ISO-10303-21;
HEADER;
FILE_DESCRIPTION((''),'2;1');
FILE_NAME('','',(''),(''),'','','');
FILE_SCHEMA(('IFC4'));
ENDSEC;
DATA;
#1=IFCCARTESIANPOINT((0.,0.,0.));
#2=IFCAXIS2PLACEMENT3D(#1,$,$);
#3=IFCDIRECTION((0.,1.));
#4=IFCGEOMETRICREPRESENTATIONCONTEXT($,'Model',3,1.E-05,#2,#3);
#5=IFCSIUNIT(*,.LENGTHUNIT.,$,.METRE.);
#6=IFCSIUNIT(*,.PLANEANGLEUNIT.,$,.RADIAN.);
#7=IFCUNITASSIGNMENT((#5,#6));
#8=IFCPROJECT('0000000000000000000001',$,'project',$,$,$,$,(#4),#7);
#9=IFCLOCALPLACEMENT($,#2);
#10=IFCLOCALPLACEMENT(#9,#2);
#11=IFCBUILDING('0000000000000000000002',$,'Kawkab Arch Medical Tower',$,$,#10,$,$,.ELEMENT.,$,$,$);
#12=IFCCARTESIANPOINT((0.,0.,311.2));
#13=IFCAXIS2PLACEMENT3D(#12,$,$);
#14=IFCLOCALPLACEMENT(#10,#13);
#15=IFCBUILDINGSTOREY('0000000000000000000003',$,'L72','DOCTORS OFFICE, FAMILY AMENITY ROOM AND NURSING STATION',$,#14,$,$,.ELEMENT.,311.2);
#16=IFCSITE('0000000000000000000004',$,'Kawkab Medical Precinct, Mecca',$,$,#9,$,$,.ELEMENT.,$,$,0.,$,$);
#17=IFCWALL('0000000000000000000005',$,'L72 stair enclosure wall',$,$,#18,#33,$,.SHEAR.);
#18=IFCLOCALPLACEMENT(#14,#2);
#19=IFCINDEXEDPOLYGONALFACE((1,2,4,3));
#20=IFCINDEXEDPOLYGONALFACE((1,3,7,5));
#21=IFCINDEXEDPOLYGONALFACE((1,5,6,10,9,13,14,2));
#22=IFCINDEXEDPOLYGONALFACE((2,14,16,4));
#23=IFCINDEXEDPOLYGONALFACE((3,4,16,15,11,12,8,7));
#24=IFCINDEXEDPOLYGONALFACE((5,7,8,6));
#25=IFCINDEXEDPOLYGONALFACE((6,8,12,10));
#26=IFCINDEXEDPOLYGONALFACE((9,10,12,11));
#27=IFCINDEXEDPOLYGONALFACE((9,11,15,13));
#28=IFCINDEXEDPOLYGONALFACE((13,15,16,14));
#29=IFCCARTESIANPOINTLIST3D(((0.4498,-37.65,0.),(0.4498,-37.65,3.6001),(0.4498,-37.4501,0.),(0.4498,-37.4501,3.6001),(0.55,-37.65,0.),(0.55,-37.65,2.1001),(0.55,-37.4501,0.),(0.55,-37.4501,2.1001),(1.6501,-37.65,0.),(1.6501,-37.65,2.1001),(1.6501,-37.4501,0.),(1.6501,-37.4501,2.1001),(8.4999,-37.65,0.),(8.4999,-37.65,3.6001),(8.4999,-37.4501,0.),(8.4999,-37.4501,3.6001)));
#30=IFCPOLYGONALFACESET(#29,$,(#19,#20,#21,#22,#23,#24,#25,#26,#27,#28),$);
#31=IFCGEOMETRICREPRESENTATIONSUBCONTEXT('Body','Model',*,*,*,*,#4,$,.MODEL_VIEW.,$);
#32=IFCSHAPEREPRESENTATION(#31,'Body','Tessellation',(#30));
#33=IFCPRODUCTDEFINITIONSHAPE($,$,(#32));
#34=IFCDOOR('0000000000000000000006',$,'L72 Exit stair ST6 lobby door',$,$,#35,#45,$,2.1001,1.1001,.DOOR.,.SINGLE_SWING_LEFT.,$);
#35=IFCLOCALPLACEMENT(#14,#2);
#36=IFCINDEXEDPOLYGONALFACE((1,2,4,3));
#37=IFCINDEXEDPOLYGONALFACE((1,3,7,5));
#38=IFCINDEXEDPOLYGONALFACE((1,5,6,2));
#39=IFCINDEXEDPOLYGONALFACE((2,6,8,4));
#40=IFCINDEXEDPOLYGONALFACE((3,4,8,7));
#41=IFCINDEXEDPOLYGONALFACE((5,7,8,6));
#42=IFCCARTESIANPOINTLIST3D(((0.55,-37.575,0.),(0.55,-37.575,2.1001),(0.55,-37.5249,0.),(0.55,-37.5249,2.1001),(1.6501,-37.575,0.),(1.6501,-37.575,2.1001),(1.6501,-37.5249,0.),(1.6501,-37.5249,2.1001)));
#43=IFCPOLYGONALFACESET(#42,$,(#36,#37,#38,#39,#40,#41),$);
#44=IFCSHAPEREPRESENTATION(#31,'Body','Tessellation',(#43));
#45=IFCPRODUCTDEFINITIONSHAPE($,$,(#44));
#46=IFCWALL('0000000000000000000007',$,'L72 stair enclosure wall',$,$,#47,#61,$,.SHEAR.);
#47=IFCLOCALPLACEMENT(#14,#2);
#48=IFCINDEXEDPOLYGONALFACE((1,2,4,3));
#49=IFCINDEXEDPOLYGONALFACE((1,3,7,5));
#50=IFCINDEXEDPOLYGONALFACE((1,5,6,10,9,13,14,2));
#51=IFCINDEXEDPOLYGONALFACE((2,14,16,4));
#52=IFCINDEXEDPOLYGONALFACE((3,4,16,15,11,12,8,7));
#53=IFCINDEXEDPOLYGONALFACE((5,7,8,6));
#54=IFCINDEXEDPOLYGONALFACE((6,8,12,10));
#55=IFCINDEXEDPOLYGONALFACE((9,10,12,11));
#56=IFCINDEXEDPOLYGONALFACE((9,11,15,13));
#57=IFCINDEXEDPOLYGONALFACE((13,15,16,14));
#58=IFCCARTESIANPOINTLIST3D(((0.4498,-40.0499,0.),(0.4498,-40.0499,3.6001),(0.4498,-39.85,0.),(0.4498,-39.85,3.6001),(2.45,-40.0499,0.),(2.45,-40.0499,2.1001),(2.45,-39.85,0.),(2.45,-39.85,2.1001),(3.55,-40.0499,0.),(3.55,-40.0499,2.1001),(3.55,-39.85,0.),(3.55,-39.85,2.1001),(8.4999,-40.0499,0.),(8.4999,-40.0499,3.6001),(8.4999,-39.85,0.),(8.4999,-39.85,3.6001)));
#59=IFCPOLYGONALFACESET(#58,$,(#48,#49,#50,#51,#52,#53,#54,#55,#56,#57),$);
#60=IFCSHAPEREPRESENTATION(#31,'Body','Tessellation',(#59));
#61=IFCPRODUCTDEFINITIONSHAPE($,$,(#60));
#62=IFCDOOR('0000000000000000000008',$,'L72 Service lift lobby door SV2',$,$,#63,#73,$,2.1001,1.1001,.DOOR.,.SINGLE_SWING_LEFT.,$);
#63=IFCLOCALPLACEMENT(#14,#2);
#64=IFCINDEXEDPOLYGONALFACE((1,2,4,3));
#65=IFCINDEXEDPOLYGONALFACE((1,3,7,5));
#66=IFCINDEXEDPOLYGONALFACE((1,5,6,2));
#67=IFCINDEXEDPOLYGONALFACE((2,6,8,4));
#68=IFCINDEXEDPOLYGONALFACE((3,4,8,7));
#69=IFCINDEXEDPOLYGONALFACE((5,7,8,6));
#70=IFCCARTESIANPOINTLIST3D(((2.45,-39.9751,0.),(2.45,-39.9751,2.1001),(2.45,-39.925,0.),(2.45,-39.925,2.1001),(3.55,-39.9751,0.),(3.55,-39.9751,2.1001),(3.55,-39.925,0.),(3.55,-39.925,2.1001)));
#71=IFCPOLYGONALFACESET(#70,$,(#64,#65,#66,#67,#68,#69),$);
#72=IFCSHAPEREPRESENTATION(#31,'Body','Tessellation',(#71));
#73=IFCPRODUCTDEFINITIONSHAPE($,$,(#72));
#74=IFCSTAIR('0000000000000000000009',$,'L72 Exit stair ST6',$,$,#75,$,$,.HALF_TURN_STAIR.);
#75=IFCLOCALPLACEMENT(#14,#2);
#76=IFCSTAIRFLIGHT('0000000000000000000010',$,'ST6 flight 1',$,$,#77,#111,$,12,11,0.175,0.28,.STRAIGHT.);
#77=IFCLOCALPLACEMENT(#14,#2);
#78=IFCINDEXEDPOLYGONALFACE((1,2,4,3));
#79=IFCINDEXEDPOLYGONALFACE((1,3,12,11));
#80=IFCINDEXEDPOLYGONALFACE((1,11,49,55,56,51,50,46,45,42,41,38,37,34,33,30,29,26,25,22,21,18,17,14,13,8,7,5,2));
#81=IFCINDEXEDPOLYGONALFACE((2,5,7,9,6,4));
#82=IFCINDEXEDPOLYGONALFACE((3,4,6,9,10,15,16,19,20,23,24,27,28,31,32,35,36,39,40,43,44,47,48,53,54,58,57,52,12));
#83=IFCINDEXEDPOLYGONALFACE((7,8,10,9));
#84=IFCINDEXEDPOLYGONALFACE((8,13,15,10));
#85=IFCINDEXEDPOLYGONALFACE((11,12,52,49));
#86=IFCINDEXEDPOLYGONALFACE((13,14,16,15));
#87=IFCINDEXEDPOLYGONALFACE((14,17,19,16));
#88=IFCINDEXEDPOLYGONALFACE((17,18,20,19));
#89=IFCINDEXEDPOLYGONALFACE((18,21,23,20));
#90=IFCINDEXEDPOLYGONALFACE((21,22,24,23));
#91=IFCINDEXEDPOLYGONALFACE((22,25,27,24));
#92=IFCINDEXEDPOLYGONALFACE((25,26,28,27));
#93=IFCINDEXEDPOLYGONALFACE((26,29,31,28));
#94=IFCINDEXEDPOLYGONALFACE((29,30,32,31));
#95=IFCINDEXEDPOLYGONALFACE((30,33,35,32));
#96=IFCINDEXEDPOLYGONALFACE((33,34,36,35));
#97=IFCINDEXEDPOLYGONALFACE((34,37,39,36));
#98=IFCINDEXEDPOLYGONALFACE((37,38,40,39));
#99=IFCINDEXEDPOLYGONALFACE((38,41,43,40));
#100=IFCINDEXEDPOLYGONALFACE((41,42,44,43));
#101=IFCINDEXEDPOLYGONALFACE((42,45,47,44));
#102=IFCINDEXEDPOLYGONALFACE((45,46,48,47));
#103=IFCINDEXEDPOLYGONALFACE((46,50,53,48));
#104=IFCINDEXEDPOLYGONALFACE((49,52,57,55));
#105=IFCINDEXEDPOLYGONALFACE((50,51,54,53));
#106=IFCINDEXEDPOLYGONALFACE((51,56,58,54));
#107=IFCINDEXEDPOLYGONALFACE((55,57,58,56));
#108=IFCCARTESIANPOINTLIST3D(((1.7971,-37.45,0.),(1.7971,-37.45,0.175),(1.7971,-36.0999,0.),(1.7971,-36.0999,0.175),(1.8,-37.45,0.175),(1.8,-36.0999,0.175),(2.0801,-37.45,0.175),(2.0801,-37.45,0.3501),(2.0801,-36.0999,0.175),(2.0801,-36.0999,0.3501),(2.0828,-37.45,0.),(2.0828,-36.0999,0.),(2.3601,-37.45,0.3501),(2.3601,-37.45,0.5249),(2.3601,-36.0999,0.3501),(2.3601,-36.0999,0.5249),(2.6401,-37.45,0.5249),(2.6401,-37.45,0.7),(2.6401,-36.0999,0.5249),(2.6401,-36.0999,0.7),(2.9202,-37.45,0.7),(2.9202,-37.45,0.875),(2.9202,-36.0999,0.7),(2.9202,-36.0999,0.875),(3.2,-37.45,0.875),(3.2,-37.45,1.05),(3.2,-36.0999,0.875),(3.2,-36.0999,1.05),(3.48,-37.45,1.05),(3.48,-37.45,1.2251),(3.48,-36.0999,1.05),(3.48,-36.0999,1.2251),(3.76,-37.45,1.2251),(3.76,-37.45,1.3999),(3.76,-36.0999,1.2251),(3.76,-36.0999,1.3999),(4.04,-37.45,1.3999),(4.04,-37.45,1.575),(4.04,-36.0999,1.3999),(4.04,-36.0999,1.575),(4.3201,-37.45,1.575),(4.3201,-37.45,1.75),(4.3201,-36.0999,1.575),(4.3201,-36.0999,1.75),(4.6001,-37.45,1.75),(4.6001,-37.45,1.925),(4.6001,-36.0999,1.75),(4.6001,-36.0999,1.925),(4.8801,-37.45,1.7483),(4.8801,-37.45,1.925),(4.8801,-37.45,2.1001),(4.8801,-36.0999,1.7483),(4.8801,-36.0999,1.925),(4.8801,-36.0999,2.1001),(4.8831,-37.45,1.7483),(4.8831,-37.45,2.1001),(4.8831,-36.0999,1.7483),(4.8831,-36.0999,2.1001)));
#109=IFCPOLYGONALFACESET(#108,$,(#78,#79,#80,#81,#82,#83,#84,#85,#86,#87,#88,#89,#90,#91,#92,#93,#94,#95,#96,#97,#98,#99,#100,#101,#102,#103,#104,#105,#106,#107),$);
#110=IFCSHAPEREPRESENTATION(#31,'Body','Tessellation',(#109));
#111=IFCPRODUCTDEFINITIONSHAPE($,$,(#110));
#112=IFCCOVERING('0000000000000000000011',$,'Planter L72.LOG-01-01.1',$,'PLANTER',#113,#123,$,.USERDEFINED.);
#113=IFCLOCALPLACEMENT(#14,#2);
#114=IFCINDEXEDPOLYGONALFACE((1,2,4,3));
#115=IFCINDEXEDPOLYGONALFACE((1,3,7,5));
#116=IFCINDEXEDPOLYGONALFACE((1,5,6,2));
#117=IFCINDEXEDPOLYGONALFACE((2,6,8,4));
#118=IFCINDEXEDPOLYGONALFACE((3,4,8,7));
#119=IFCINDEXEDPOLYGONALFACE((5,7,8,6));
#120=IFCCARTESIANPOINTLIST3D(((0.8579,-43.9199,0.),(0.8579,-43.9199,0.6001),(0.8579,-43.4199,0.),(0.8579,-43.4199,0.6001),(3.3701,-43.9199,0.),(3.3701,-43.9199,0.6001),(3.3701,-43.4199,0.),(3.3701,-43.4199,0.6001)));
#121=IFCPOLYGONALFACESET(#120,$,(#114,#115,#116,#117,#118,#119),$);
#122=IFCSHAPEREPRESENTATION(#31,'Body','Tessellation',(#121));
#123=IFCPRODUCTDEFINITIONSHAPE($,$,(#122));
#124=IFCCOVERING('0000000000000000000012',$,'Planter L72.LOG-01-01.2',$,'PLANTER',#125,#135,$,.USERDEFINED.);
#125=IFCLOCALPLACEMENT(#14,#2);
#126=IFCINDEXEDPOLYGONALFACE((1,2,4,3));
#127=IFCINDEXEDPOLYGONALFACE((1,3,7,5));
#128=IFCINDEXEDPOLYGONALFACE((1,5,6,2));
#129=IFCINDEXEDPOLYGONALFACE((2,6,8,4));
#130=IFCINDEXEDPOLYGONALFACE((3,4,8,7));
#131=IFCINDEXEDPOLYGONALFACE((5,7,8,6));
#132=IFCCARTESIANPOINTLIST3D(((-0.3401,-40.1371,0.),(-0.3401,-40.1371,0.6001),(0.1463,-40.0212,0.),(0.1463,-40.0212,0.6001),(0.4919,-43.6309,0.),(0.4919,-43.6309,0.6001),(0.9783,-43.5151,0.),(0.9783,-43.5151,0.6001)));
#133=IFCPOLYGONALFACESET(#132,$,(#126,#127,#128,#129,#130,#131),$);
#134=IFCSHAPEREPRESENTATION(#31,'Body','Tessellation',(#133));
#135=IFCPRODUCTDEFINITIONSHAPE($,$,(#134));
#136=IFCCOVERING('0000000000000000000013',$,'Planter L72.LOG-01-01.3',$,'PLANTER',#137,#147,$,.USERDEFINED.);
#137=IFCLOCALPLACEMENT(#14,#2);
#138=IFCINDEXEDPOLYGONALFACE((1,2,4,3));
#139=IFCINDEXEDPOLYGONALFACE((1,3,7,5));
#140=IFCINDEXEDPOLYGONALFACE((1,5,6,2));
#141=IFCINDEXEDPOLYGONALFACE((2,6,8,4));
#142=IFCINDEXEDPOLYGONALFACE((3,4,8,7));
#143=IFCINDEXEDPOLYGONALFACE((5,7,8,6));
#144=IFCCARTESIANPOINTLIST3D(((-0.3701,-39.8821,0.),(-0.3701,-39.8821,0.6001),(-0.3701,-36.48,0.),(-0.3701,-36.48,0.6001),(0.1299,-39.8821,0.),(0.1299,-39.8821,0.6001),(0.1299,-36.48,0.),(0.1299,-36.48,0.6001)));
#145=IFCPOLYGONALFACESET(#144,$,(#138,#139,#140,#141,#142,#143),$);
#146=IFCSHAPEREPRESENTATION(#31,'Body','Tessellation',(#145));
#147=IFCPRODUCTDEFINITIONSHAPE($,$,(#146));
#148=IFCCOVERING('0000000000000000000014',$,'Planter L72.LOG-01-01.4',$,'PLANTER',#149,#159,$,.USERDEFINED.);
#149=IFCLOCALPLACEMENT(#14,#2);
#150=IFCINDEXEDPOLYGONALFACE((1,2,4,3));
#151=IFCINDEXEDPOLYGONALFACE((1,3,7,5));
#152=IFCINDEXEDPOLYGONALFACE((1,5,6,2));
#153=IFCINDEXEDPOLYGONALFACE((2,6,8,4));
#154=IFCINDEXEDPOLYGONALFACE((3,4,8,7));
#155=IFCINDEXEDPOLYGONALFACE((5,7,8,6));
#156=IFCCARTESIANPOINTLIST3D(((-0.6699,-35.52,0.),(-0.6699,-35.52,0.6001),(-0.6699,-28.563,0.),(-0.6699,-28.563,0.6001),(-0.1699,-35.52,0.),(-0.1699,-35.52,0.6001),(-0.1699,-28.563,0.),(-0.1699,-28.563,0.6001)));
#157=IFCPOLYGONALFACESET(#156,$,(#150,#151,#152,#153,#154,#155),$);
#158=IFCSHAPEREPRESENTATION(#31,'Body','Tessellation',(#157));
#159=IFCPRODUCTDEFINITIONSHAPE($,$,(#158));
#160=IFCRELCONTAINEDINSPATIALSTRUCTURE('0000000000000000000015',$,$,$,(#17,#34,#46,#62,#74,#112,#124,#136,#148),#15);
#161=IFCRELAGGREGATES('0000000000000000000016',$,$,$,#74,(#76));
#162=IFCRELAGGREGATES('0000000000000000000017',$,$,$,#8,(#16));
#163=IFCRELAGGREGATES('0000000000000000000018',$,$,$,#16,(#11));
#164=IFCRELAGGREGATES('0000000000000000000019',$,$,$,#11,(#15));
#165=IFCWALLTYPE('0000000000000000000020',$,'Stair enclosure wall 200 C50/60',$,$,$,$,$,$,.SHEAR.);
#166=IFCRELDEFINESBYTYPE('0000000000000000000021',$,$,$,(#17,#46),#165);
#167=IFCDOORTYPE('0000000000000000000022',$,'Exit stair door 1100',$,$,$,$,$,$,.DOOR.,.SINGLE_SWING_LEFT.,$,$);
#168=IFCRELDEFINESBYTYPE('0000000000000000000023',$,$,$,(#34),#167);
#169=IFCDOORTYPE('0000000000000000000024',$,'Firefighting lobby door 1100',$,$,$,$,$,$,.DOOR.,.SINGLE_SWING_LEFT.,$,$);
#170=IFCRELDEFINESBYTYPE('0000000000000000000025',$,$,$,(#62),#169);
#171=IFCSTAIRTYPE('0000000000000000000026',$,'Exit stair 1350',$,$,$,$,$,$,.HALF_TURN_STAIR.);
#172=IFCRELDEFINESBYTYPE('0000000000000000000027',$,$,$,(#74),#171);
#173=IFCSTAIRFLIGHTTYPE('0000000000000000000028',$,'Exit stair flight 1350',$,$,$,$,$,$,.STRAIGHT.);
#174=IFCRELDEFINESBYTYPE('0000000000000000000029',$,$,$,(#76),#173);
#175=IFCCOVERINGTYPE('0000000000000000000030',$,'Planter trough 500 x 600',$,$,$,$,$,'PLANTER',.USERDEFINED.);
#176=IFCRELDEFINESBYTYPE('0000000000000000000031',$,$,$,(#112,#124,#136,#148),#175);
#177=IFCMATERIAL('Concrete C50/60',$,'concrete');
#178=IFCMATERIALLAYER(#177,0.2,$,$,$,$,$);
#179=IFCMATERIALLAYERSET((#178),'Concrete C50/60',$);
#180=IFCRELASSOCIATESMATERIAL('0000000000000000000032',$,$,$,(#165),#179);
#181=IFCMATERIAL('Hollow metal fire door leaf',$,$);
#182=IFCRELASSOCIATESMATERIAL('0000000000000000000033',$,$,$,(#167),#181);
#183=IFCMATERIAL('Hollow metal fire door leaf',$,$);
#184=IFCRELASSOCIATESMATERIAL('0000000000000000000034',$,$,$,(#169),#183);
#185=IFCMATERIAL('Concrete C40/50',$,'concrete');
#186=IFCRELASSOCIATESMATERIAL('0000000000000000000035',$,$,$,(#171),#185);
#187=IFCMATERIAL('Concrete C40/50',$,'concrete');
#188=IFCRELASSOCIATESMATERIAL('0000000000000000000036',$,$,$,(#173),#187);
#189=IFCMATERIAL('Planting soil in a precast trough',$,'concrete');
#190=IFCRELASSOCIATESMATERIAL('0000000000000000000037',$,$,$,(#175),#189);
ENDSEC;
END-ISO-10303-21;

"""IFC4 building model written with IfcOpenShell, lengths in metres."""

from ifc_helpers import new_model, si_unit, direction, frame, frame_2d, origin, origin_2d, place, context, subcontext, project, spatial, polyline, rectangle, outline, extrude, material, layer, layer_set, material_profile, profile_set, type_object, element, fill, aggregate, save


model = new_model("IFC4")

# Units and contexts
model_context = context("Model", 3, precision=1e-05, world=origin(), true_north=direction((0.0, 1.0)))
body_context = subcontext(model_context, "Body", "Model", "MODEL_VIEW")
ifc_project = project(units=[si_unit("LENGTHUNIT", "METRE"), si_unit("PLANEANGLEUNIT", "RADIAN")], contexts=[model_context])

# Site, building, storey
site_placement = place(None, origin())
site = spatial("IfcSite", under=ifc_project, at=site_placement, Name="Kawkab Medical Precinct, Mecca", CompositionType="ELEMENT", RefElevation=0.0)
building_placement = place(site_placement, origin())
building = spatial("IfcBuilding", under=site, at=building_placement, Name="Kawkab Arch Medical Tower", CompositionType="ELEMENT")
storey_placement = place(building_placement, frame((0.0, 0.0, 311.2)))
storey = spatial("IfcBuildingStorey", under=building, at=storey_placement, Name="L72", Description="DOCTORS OFFICE, FAMILY AMENITY ROOM AND NURSING STATION", CompositionType="ELEMENT", Elevation=311.2)

# Shared definitions
placement = place(storey_placement, origin())

# Walls, openings, doors
ifc_material_1 = material(Name="Concrete C50/60", Category="concrete")
ifc_layer_1 = layer(ifc_material_1, 0.2)
ifc_layer_set_1 = layer_set([ifc_layer_1], Name="Concrete C50/60")
wall_type_1 = type_object("IfcWallType", Name="Stair enclosure wall 200 C50/60", PredefinedType="SHEAR", material=ifc_layer_set_1)
ifc_material_2 = material(Name="Hollow metal fire door leaf")
door_type_1 = type_object("IfcDoorType", Name="Exit stair door 1100", OperationType="SINGLE_SWING_LEFT", PredefinedType="DOOR", material=ifc_material_2)
wall_1_placement = place(storey_placement, frame((0.45, -37.55, 0.0), z_axis=(0.0, 0.0, 1.0), x_axis=(1.0, 0.0, 0.0)))
wall_1 = element("IfcWall", 1, at=wall_1_placement, inside=storey, type_object=wall_type_1, Name="L72 stair enclosure wall", PredefinedType="SHEAR", context=body_context, shape_type="SweptSolid", body=[
    extrude(rectangle(XDim=8.05, YDim=0.2, at=frame_2d((4.0249, 0.0))), origin(), (0.0, 0.0, 1.0), 3.6001),
])
opening_1_placement = place(wall_1_placement, frame((0.1001, 0.0, 0.0)))
opening_1 = element("IfcOpeningElement", 2, at=opening_1_placement, cuts=wall_1, PredefinedType="OPENING", context=body_context, shape_type="SweptSolid", body=[
    extrude(rectangle(XDim=1.1001, YDim=2.1001, at=frame_2d((0.55, 1.05))), frame((0.0, 0.1099, 0.0), z_axis=(0.0, -1.0, 0.0), x_axis=(1.0, 0.0, 0.0)), (0.0, 0.0, 1.0), 0.22),
])
door_1_placement = place(opening_1_placement, frame((1.1001, 0.0, 0.0), z_axis=(0.0, 0.0, 1.0), x_axis=(-1.0, 0.0, 0.0)))
door_1 = element("IfcDoor", 3, at=door_1_placement, inside=storey, type_object=door_type_1, Name="L72 Exit stair ST6 lobby door", OperationType="SINGLE_SWING_LEFT", OverallHeight=2.1001, OverallWidth=1.1001, PredefinedType="DOOR", context=body_context, shape_type="SweptSolid", body=[
    extrude(rectangle(XDim=1.1001, YDim=2.1001, at=frame_2d((0.55, 1.05))), frame((0.0, 0.0249, 0.0), z_axis=(0.0, -1.0, 0.0), x_axis=(1.0, 0.0, 0.0)), (0.0, 0.0, 1.0), 0.05),
])
fill(opening_1, door_1)
wall_2_placement = place(storey_placement, frame((0.45, -39.95, 0.0), z_axis=(0.0, 0.0, 1.0), x_axis=(1.0, 0.0, 0.0)))
wall_2 = element("IfcWall", 4, at=wall_2_placement, inside=storey, type_object=wall_type_1, Name="L72 stair enclosure wall", PredefinedType="SHEAR", context=body_context, shape_type="SweptSolid", body=[
    extrude(rectangle(XDim=8.05, YDim=0.2, at=frame_2d((4.0249, 0.0))), origin(), (0.0, 0.0, 1.0), 3.6001),
])
opening_2_placement = place(wall_2_placement, frame((2.0, 0.0, 0.0)))
opening_2 = element("IfcOpeningElement", 5, at=opening_2_placement, cuts=wall_2, PredefinedType="OPENING", context=body_context, shape_type="SweptSolid", body=[
    extrude(rectangle(XDim=1.1001, YDim=2.1001, at=frame_2d((0.55, 1.05))), frame((0.0, 0.1099, 0.0), z_axis=(0.0, -1.0, 0.0), x_axis=(1.0, 0.0, 0.0)), (0.0, 0.0, 1.0), 0.22),
])
ifc_material_3 = material(Name="Hollow metal fire door leaf")
door_type_2 = type_object("IfcDoorType", Name="Firefighting lobby door 1100", OperationType="SINGLE_SWING_LEFT", PredefinedType="DOOR", material=ifc_material_3)
door_2_placement = place(opening_2_placement, origin())
door_2 = element("IfcDoor", 6, at=door_2_placement, inside=storey, type_object=door_type_2, Name="L72 Service lift lobby door SV2", OperationType="SINGLE_SWING_LEFT", OverallHeight=2.1001, OverallWidth=1.1001, PredefinedType="DOOR", context=body_context, shape_type="SweptSolid", body=[
    extrude(rectangle(XDim=1.1001, YDim=2.1001, at=frame_2d((0.55, 1.05))), frame((0.0, 0.0249, 0.0), z_axis=(0.0, -1.0, 0.0), x_axis=(1.0, 0.0, 0.0)), (0.0, 0.0, 1.0), 0.05),
])
fill(opening_2, door_2)

# Stair, stair flight
ifc_material_4 = material(Name="Concrete C40/50", Category="concrete")
stair_type = type_object("IfcStairType", Name="Exit stair 1350", PredefinedType="HALF_TURN_STAIR", material=ifc_material_4)
stair = element("IfcStair", 7, at=placement, inside=storey, type_object=stair_type, Name="L72 Exit stair ST6", PredefinedType="HALF_TURN_STAIR")
ifc_material_5 = material(Name="Concrete C40/50", Category="concrete")
stair_flight_type = type_object("IfcStairFlightType", Name="Exit stair flight 1350", PredefinedType="STRAIGHT", material=ifc_material_5)
stair_flight_placement = place(storey_placement, frame((1.8, -36.7749, 0.0), z_axis=(0.0, 0.0, 1.0), x_axis=(1.0, 0.0, 0.0)))
stair_flight = element("IfcStairFlight", 8, at=stair_flight_placement, type_object=stair_flight_type, Name="ST6 flight 1", NumberOfRisers=12, NumberOfTreads=11, PredefinedType="STRAIGHT", RiserHeight=0.175, TreadLength=0.28, context=body_context, shape_type="SweptSolid", body=[
    extrude(outline(polyline([(-0.0029, 0.0), (-0.0029, 0.175), (0.0, 0.175), (0.28, 0.175), (0.28, 0.3501), (0.5601, 0.3501), (0.5601, 0.5249), (0.8401, 0.5249), (0.8401, 0.7), (1.1201, 0.7), (1.1201, 0.875), (1.3999, 0.875), (1.3999, 1.05), (1.6799, 1.05), (1.6799, 1.2251), (1.96, 1.2251), (1.96, 1.3999), (2.24, 1.3999), (2.24, 1.575), (2.52, 1.575), (2.52, 1.75), (2.8, 1.75), (2.8, 1.925), (3.0801, 1.925), (3.0801, 2.1001), (3.083, 2.1001), (3.083, 1.7483), (3.0801, 1.7483), (0.2827, 0.0), (-0.0029, 0.0)])), frame((0.0, 0.675, 0.0), z_axis=(0.0, -1.0, 0.0), x_axis=(1.0, 0.0, 0.0)), (0.0, 0.0, 1.0), 1.3501),
])
aggregate(stair, [stair_flight])

# Coverings
ifc_material_6 = material(Name="Planting soil in a precast trough", Category="concrete")
ifc_material_profile_1 = material_profile(ifc_material_6, rectangle(XDim=0.5, YDim=0.6001, at=origin_2d()), Name="Trough 500x600")
ifc_profile_set_1 = profile_set([ifc_material_profile_1], Name="Planting soil in a precast trough")
covering_type = type_object("IfcCoveringType", Name="Planter trough 500 x 600", ElementType="PLANTER", PredefinedType="USERDEFINED", material=ifc_profile_set_1)
covering_1_placement = place(storey_placement, frame((3.3701, -43.6699, 0.3), z_axis=(-1.0, 0.0, 0.0), x_axis=(0.0, -1.0, 0.0)))
element("IfcCovering", 9, at=covering_1_placement, inside=storey, type_object=covering_type, Name="Planter L72.LOG-01-01.1", ObjectType="PLANTER", PredefinedType="USERDEFINED", context=body_context, shape_type="SweptSolid", body=[
    extrude(rectangle(XDim=0.5, YDim=0.6001, at=origin_2d()), origin(), (0.0, 0.0, 1.0), 2.5122),
])
covering_2_placement = place(storey_placement, frame((0.7351, -43.573, 0.3), z_axis=(-0.23166, 0.972797, 0.0), x_axis=(-0.972797, -0.23166, 0.0)))
element("IfcCovering", 10, at=covering_2_placement, inside=storey, type_object=covering_type, Name="Planter L72.LOG-01-01.2", ObjectType="PLANTER", PredefinedType="USERDEFINED", context=body_context, shape_type="SweptSolid", body=[
    extrude(rectangle(XDim=0.5, YDim=0.6001, at=origin_2d()), origin(), (0.0, 0.0, 1.0), 3.5916),
])
covering_3_placement = place(storey_placement, frame((-0.1201, -39.8821, 0.3), z_axis=(0.0, 1.0, 0.0), x_axis=(-1.0, 0.0, 0.0)))
element("IfcCovering", 11, at=covering_3_placement, inside=storey, type_object=covering_type, Name="Planter L72.LOG-01-01.3", ObjectType="PLANTER", PredefinedType="USERDEFINED", context=body_context, shape_type="SweptSolid", body=[
    extrude(rectangle(XDim=0.5, YDim=0.6001, at=origin_2d()), origin(), (0.0, 0.0, 1.0), 3.4021),
])
covering_4_placement = place(storey_placement, frame((-0.4199, -35.52, 0.3), z_axis=(0.0, 1.0, 0.0), x_axis=(-1.0, 0.0, 0.0)))
element("IfcCovering", 12, at=covering_4_placement, inside=storey, type_object=covering_type, Name="Planter L72.LOG-01-01.4", ObjectType="PLANTER", PredefinedType="USERDEFINED", context=body_context, shape_type="SweptSolid", body=[
    extrude(rectangle(XDim=0.5, YDim=0.6001, at=origin_2d()), origin(), (0.0, 0.0, 1.0), 6.957),
])

save(model, "model.ifc")
